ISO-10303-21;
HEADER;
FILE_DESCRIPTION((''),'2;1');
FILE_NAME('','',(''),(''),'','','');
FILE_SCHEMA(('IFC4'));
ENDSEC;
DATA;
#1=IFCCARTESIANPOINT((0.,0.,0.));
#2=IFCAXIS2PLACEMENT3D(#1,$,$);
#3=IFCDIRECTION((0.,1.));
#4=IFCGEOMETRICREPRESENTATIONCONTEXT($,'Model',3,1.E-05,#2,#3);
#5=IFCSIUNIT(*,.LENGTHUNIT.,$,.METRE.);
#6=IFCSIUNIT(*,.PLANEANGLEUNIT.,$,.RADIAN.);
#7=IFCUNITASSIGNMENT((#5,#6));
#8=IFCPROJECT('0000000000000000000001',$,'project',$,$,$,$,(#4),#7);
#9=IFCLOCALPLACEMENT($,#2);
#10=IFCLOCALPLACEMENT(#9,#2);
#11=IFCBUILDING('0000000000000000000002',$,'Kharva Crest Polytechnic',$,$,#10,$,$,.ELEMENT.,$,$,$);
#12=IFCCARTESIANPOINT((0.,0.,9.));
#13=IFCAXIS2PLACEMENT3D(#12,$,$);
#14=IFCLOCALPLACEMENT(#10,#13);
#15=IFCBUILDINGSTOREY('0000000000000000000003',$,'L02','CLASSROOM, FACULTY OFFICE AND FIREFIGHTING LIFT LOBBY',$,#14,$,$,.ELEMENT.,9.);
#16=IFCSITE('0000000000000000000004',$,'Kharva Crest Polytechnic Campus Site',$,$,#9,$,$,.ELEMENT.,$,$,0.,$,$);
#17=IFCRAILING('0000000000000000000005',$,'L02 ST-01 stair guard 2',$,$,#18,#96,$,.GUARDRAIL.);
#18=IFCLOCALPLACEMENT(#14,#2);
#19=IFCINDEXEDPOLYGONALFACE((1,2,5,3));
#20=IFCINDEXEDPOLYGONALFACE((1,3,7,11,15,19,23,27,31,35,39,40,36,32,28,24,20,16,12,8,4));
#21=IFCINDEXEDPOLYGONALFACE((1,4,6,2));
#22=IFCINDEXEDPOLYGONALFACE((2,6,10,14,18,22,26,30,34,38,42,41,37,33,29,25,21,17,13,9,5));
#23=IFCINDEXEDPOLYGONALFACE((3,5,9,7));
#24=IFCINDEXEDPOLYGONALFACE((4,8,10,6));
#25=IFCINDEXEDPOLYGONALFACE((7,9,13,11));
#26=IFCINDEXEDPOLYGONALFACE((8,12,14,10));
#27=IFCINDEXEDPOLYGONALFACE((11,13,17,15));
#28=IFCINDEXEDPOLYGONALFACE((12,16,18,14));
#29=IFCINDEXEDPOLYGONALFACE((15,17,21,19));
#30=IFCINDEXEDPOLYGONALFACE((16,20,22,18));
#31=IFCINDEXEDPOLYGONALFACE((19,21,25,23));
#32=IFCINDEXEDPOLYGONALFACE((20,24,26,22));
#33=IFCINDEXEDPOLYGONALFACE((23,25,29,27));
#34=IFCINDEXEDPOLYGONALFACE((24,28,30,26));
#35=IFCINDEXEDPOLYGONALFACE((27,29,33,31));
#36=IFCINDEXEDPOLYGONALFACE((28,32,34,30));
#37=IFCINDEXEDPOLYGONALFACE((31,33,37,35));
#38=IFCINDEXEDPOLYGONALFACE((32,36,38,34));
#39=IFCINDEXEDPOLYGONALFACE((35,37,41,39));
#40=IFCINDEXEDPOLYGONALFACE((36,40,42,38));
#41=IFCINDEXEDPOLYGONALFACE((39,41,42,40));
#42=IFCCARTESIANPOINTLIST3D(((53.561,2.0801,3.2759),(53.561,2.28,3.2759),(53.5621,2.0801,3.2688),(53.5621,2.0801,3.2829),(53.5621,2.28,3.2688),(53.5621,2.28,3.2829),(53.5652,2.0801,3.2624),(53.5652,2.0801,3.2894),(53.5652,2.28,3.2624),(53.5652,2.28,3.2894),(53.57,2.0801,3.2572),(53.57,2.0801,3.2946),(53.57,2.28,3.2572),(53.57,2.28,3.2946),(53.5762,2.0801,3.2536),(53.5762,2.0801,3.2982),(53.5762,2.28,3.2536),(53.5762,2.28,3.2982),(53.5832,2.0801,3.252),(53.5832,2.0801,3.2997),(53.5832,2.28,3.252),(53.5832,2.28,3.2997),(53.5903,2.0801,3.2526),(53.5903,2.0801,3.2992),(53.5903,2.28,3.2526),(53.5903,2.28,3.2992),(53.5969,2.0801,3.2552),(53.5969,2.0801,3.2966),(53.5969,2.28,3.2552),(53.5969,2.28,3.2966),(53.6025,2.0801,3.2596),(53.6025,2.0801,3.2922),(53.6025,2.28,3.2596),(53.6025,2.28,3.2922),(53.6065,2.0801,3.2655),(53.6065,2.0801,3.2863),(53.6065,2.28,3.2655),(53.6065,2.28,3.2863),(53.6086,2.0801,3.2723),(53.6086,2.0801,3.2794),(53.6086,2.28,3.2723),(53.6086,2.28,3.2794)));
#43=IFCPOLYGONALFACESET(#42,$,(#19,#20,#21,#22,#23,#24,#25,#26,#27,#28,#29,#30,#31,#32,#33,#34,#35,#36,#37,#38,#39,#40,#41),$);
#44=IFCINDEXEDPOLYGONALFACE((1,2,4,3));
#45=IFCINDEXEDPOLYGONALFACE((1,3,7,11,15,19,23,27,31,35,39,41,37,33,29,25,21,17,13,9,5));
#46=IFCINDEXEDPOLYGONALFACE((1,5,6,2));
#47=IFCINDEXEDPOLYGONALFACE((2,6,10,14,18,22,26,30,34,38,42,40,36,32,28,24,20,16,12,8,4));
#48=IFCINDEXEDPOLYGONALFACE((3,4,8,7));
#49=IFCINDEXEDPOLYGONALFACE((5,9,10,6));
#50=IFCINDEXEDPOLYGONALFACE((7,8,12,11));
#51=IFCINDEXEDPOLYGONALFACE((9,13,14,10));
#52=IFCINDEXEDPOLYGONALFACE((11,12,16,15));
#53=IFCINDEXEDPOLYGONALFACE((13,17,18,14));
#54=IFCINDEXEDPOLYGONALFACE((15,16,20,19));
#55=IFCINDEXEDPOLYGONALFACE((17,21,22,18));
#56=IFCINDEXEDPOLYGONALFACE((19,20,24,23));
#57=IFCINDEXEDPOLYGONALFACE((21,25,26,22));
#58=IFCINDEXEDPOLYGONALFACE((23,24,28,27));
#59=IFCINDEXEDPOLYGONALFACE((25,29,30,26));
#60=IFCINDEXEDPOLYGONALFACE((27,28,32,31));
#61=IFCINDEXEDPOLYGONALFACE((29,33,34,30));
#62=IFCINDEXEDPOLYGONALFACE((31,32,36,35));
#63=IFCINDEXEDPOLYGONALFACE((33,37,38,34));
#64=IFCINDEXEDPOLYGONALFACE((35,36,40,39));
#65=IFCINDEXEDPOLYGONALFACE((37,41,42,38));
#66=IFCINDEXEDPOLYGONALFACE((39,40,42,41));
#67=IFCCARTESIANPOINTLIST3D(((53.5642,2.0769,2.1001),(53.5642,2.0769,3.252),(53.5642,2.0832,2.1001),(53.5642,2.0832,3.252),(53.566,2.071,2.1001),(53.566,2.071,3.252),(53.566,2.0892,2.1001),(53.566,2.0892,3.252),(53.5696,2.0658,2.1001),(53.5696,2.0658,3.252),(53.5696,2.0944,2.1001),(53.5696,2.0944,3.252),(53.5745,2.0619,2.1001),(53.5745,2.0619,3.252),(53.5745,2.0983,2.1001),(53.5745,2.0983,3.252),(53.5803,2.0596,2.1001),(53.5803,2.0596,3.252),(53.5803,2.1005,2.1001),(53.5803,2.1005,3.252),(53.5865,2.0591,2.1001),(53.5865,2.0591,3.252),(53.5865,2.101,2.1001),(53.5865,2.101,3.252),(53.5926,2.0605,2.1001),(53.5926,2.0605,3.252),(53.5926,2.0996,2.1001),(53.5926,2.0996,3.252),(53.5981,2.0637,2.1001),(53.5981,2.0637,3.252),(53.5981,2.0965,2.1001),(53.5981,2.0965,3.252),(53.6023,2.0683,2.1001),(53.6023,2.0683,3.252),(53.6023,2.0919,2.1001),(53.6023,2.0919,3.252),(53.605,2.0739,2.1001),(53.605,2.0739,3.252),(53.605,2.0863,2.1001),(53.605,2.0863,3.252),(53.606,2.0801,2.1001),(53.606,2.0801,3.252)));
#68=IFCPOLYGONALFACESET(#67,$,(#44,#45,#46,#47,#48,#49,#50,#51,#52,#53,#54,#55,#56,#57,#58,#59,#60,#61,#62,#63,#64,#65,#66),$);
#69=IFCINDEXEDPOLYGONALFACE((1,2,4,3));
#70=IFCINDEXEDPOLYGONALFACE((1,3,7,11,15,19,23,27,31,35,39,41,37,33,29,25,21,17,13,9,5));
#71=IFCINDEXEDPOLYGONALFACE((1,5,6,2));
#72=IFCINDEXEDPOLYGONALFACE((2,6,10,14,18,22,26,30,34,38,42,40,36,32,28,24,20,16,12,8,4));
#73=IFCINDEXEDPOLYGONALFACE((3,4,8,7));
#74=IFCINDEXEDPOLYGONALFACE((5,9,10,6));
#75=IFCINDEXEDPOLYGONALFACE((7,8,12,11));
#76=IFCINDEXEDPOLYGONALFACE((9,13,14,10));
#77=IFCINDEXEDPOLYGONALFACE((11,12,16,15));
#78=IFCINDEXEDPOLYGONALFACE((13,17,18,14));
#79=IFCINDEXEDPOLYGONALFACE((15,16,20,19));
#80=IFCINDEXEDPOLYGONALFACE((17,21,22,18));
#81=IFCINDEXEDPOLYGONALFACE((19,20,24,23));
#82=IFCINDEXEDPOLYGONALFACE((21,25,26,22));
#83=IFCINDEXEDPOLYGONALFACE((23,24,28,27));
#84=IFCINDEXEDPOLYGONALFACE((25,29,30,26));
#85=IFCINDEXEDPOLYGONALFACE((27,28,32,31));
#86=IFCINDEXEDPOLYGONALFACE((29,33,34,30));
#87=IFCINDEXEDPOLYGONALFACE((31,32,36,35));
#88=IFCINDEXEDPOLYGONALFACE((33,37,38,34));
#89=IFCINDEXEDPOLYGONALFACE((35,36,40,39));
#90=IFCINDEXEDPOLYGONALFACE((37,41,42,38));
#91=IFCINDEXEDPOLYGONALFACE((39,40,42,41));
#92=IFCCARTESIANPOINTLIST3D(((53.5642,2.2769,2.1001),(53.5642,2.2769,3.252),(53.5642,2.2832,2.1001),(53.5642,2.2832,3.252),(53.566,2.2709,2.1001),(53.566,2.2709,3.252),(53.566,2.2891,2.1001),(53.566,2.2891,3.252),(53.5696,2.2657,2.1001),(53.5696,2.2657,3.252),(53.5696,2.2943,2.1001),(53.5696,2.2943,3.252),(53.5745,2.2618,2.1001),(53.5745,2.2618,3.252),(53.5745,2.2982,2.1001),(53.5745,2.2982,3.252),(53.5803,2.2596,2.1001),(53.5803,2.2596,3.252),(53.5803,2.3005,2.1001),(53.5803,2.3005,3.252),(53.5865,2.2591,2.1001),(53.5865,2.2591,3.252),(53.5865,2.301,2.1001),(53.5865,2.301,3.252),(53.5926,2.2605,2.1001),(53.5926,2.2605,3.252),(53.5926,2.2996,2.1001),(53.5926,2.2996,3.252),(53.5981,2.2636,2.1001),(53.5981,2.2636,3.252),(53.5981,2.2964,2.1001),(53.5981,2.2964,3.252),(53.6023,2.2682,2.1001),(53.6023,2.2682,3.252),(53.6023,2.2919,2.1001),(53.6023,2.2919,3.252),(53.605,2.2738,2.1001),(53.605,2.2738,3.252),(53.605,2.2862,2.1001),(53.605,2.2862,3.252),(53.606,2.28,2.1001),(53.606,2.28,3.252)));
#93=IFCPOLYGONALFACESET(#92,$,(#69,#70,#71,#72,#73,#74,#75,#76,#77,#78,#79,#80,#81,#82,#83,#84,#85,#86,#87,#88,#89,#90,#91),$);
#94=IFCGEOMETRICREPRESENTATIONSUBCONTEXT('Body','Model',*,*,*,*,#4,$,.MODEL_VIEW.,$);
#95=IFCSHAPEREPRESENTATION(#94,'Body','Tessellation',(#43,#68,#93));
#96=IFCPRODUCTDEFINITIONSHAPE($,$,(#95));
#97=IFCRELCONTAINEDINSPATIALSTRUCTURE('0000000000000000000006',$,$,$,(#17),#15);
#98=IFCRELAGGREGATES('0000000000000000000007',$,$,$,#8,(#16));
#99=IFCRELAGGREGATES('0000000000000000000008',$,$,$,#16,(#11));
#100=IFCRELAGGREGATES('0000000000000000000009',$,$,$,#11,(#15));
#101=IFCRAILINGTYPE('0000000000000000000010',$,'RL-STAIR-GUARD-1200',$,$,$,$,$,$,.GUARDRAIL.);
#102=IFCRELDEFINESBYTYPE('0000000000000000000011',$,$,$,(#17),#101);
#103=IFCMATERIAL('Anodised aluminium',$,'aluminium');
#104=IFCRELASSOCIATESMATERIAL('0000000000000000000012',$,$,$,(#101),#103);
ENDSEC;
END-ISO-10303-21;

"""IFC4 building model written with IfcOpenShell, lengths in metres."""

from ifc_helpers import new_model, si_unit, direction, frame, origin, origin_2d, place, context, subcontext, project, spatial, circle, extrude, material, type_object, element, save


model = new_model("IFC4")

# Units and contexts
model_context = context("Model", 3, precision=1e-05, world=origin(), true_north=direction((0.0, 1.0)))
body_context = subcontext(model_context, "Body", "Model", "MODEL_VIEW")
ifc_project = project(units=[si_unit("LENGTHUNIT", "METRE"), si_unit("PLANEANGLEUNIT", "RADIAN")], contexts=[model_context])

# Site, building, storey
site_placement = place(None, origin())
site = spatial("IfcSite", under=ifc_project, at=site_placement, Name="Kharva Crest Polytechnic Campus Site", CompositionType="ELEMENT", RefElevation=0.0)
building_placement = place(site_placement, origin())
building = spatial("IfcBuilding", under=site, at=building_placement, Name="Kharva Crest Polytechnic", CompositionType="ELEMENT")
storey_placement = place(building_placement, frame((0.0, 0.0, 9.0)))
storey = spatial("IfcBuildingStorey", under=building, at=storey_placement, Name="L02", Description="CLASSROOM, FACULTY OFFICE AND FIREFIGHTING LIFT LOBBY", CompositionType="ELEMENT", Elevation=9.0)

# Shared definitions
ifc_material_1 = material(Name="Anodised aluminium", Category="aluminium")

# Railing
railing_type_1 = type_object("IfcRailingType", Name="RL-STAIR-GUARD-1200", PredefinedType="GUARDRAIL", material=ifc_material_1)
railing_1_placement = place(storey_placement, frame((53.585, 2.0801, 2.1001)))
element("IfcRailing", 1, at=railing_1_placement, inside=storey, type_object=railing_type_1, Name="L02 ST-01 stair guard 2", PredefinedType="GUARDRAIL", context=body_context, shape_type="SweptSolid", body=[
    extrude(circle(Radius=0.0239, at=origin_2d()), frame((0.0, 0.0, 1.1758), z_axis=(0.0, 1.0, 0.0), x_axis=(-1.0, 0.0, 0.0)), (0.0, 0.0, 1.0), 0.2),
    extrude(circle(Radius=0.021, at=origin_2d()), origin(), (0.0, 0.0, 1.0), 1.1519),
    extrude(circle(Radius=0.021, at=origin_2d()), frame((0.0, 0.2, 0.0)), (0.0, 0.0, 1.0), 1.1519),
])

save(model, "model.ifc")
